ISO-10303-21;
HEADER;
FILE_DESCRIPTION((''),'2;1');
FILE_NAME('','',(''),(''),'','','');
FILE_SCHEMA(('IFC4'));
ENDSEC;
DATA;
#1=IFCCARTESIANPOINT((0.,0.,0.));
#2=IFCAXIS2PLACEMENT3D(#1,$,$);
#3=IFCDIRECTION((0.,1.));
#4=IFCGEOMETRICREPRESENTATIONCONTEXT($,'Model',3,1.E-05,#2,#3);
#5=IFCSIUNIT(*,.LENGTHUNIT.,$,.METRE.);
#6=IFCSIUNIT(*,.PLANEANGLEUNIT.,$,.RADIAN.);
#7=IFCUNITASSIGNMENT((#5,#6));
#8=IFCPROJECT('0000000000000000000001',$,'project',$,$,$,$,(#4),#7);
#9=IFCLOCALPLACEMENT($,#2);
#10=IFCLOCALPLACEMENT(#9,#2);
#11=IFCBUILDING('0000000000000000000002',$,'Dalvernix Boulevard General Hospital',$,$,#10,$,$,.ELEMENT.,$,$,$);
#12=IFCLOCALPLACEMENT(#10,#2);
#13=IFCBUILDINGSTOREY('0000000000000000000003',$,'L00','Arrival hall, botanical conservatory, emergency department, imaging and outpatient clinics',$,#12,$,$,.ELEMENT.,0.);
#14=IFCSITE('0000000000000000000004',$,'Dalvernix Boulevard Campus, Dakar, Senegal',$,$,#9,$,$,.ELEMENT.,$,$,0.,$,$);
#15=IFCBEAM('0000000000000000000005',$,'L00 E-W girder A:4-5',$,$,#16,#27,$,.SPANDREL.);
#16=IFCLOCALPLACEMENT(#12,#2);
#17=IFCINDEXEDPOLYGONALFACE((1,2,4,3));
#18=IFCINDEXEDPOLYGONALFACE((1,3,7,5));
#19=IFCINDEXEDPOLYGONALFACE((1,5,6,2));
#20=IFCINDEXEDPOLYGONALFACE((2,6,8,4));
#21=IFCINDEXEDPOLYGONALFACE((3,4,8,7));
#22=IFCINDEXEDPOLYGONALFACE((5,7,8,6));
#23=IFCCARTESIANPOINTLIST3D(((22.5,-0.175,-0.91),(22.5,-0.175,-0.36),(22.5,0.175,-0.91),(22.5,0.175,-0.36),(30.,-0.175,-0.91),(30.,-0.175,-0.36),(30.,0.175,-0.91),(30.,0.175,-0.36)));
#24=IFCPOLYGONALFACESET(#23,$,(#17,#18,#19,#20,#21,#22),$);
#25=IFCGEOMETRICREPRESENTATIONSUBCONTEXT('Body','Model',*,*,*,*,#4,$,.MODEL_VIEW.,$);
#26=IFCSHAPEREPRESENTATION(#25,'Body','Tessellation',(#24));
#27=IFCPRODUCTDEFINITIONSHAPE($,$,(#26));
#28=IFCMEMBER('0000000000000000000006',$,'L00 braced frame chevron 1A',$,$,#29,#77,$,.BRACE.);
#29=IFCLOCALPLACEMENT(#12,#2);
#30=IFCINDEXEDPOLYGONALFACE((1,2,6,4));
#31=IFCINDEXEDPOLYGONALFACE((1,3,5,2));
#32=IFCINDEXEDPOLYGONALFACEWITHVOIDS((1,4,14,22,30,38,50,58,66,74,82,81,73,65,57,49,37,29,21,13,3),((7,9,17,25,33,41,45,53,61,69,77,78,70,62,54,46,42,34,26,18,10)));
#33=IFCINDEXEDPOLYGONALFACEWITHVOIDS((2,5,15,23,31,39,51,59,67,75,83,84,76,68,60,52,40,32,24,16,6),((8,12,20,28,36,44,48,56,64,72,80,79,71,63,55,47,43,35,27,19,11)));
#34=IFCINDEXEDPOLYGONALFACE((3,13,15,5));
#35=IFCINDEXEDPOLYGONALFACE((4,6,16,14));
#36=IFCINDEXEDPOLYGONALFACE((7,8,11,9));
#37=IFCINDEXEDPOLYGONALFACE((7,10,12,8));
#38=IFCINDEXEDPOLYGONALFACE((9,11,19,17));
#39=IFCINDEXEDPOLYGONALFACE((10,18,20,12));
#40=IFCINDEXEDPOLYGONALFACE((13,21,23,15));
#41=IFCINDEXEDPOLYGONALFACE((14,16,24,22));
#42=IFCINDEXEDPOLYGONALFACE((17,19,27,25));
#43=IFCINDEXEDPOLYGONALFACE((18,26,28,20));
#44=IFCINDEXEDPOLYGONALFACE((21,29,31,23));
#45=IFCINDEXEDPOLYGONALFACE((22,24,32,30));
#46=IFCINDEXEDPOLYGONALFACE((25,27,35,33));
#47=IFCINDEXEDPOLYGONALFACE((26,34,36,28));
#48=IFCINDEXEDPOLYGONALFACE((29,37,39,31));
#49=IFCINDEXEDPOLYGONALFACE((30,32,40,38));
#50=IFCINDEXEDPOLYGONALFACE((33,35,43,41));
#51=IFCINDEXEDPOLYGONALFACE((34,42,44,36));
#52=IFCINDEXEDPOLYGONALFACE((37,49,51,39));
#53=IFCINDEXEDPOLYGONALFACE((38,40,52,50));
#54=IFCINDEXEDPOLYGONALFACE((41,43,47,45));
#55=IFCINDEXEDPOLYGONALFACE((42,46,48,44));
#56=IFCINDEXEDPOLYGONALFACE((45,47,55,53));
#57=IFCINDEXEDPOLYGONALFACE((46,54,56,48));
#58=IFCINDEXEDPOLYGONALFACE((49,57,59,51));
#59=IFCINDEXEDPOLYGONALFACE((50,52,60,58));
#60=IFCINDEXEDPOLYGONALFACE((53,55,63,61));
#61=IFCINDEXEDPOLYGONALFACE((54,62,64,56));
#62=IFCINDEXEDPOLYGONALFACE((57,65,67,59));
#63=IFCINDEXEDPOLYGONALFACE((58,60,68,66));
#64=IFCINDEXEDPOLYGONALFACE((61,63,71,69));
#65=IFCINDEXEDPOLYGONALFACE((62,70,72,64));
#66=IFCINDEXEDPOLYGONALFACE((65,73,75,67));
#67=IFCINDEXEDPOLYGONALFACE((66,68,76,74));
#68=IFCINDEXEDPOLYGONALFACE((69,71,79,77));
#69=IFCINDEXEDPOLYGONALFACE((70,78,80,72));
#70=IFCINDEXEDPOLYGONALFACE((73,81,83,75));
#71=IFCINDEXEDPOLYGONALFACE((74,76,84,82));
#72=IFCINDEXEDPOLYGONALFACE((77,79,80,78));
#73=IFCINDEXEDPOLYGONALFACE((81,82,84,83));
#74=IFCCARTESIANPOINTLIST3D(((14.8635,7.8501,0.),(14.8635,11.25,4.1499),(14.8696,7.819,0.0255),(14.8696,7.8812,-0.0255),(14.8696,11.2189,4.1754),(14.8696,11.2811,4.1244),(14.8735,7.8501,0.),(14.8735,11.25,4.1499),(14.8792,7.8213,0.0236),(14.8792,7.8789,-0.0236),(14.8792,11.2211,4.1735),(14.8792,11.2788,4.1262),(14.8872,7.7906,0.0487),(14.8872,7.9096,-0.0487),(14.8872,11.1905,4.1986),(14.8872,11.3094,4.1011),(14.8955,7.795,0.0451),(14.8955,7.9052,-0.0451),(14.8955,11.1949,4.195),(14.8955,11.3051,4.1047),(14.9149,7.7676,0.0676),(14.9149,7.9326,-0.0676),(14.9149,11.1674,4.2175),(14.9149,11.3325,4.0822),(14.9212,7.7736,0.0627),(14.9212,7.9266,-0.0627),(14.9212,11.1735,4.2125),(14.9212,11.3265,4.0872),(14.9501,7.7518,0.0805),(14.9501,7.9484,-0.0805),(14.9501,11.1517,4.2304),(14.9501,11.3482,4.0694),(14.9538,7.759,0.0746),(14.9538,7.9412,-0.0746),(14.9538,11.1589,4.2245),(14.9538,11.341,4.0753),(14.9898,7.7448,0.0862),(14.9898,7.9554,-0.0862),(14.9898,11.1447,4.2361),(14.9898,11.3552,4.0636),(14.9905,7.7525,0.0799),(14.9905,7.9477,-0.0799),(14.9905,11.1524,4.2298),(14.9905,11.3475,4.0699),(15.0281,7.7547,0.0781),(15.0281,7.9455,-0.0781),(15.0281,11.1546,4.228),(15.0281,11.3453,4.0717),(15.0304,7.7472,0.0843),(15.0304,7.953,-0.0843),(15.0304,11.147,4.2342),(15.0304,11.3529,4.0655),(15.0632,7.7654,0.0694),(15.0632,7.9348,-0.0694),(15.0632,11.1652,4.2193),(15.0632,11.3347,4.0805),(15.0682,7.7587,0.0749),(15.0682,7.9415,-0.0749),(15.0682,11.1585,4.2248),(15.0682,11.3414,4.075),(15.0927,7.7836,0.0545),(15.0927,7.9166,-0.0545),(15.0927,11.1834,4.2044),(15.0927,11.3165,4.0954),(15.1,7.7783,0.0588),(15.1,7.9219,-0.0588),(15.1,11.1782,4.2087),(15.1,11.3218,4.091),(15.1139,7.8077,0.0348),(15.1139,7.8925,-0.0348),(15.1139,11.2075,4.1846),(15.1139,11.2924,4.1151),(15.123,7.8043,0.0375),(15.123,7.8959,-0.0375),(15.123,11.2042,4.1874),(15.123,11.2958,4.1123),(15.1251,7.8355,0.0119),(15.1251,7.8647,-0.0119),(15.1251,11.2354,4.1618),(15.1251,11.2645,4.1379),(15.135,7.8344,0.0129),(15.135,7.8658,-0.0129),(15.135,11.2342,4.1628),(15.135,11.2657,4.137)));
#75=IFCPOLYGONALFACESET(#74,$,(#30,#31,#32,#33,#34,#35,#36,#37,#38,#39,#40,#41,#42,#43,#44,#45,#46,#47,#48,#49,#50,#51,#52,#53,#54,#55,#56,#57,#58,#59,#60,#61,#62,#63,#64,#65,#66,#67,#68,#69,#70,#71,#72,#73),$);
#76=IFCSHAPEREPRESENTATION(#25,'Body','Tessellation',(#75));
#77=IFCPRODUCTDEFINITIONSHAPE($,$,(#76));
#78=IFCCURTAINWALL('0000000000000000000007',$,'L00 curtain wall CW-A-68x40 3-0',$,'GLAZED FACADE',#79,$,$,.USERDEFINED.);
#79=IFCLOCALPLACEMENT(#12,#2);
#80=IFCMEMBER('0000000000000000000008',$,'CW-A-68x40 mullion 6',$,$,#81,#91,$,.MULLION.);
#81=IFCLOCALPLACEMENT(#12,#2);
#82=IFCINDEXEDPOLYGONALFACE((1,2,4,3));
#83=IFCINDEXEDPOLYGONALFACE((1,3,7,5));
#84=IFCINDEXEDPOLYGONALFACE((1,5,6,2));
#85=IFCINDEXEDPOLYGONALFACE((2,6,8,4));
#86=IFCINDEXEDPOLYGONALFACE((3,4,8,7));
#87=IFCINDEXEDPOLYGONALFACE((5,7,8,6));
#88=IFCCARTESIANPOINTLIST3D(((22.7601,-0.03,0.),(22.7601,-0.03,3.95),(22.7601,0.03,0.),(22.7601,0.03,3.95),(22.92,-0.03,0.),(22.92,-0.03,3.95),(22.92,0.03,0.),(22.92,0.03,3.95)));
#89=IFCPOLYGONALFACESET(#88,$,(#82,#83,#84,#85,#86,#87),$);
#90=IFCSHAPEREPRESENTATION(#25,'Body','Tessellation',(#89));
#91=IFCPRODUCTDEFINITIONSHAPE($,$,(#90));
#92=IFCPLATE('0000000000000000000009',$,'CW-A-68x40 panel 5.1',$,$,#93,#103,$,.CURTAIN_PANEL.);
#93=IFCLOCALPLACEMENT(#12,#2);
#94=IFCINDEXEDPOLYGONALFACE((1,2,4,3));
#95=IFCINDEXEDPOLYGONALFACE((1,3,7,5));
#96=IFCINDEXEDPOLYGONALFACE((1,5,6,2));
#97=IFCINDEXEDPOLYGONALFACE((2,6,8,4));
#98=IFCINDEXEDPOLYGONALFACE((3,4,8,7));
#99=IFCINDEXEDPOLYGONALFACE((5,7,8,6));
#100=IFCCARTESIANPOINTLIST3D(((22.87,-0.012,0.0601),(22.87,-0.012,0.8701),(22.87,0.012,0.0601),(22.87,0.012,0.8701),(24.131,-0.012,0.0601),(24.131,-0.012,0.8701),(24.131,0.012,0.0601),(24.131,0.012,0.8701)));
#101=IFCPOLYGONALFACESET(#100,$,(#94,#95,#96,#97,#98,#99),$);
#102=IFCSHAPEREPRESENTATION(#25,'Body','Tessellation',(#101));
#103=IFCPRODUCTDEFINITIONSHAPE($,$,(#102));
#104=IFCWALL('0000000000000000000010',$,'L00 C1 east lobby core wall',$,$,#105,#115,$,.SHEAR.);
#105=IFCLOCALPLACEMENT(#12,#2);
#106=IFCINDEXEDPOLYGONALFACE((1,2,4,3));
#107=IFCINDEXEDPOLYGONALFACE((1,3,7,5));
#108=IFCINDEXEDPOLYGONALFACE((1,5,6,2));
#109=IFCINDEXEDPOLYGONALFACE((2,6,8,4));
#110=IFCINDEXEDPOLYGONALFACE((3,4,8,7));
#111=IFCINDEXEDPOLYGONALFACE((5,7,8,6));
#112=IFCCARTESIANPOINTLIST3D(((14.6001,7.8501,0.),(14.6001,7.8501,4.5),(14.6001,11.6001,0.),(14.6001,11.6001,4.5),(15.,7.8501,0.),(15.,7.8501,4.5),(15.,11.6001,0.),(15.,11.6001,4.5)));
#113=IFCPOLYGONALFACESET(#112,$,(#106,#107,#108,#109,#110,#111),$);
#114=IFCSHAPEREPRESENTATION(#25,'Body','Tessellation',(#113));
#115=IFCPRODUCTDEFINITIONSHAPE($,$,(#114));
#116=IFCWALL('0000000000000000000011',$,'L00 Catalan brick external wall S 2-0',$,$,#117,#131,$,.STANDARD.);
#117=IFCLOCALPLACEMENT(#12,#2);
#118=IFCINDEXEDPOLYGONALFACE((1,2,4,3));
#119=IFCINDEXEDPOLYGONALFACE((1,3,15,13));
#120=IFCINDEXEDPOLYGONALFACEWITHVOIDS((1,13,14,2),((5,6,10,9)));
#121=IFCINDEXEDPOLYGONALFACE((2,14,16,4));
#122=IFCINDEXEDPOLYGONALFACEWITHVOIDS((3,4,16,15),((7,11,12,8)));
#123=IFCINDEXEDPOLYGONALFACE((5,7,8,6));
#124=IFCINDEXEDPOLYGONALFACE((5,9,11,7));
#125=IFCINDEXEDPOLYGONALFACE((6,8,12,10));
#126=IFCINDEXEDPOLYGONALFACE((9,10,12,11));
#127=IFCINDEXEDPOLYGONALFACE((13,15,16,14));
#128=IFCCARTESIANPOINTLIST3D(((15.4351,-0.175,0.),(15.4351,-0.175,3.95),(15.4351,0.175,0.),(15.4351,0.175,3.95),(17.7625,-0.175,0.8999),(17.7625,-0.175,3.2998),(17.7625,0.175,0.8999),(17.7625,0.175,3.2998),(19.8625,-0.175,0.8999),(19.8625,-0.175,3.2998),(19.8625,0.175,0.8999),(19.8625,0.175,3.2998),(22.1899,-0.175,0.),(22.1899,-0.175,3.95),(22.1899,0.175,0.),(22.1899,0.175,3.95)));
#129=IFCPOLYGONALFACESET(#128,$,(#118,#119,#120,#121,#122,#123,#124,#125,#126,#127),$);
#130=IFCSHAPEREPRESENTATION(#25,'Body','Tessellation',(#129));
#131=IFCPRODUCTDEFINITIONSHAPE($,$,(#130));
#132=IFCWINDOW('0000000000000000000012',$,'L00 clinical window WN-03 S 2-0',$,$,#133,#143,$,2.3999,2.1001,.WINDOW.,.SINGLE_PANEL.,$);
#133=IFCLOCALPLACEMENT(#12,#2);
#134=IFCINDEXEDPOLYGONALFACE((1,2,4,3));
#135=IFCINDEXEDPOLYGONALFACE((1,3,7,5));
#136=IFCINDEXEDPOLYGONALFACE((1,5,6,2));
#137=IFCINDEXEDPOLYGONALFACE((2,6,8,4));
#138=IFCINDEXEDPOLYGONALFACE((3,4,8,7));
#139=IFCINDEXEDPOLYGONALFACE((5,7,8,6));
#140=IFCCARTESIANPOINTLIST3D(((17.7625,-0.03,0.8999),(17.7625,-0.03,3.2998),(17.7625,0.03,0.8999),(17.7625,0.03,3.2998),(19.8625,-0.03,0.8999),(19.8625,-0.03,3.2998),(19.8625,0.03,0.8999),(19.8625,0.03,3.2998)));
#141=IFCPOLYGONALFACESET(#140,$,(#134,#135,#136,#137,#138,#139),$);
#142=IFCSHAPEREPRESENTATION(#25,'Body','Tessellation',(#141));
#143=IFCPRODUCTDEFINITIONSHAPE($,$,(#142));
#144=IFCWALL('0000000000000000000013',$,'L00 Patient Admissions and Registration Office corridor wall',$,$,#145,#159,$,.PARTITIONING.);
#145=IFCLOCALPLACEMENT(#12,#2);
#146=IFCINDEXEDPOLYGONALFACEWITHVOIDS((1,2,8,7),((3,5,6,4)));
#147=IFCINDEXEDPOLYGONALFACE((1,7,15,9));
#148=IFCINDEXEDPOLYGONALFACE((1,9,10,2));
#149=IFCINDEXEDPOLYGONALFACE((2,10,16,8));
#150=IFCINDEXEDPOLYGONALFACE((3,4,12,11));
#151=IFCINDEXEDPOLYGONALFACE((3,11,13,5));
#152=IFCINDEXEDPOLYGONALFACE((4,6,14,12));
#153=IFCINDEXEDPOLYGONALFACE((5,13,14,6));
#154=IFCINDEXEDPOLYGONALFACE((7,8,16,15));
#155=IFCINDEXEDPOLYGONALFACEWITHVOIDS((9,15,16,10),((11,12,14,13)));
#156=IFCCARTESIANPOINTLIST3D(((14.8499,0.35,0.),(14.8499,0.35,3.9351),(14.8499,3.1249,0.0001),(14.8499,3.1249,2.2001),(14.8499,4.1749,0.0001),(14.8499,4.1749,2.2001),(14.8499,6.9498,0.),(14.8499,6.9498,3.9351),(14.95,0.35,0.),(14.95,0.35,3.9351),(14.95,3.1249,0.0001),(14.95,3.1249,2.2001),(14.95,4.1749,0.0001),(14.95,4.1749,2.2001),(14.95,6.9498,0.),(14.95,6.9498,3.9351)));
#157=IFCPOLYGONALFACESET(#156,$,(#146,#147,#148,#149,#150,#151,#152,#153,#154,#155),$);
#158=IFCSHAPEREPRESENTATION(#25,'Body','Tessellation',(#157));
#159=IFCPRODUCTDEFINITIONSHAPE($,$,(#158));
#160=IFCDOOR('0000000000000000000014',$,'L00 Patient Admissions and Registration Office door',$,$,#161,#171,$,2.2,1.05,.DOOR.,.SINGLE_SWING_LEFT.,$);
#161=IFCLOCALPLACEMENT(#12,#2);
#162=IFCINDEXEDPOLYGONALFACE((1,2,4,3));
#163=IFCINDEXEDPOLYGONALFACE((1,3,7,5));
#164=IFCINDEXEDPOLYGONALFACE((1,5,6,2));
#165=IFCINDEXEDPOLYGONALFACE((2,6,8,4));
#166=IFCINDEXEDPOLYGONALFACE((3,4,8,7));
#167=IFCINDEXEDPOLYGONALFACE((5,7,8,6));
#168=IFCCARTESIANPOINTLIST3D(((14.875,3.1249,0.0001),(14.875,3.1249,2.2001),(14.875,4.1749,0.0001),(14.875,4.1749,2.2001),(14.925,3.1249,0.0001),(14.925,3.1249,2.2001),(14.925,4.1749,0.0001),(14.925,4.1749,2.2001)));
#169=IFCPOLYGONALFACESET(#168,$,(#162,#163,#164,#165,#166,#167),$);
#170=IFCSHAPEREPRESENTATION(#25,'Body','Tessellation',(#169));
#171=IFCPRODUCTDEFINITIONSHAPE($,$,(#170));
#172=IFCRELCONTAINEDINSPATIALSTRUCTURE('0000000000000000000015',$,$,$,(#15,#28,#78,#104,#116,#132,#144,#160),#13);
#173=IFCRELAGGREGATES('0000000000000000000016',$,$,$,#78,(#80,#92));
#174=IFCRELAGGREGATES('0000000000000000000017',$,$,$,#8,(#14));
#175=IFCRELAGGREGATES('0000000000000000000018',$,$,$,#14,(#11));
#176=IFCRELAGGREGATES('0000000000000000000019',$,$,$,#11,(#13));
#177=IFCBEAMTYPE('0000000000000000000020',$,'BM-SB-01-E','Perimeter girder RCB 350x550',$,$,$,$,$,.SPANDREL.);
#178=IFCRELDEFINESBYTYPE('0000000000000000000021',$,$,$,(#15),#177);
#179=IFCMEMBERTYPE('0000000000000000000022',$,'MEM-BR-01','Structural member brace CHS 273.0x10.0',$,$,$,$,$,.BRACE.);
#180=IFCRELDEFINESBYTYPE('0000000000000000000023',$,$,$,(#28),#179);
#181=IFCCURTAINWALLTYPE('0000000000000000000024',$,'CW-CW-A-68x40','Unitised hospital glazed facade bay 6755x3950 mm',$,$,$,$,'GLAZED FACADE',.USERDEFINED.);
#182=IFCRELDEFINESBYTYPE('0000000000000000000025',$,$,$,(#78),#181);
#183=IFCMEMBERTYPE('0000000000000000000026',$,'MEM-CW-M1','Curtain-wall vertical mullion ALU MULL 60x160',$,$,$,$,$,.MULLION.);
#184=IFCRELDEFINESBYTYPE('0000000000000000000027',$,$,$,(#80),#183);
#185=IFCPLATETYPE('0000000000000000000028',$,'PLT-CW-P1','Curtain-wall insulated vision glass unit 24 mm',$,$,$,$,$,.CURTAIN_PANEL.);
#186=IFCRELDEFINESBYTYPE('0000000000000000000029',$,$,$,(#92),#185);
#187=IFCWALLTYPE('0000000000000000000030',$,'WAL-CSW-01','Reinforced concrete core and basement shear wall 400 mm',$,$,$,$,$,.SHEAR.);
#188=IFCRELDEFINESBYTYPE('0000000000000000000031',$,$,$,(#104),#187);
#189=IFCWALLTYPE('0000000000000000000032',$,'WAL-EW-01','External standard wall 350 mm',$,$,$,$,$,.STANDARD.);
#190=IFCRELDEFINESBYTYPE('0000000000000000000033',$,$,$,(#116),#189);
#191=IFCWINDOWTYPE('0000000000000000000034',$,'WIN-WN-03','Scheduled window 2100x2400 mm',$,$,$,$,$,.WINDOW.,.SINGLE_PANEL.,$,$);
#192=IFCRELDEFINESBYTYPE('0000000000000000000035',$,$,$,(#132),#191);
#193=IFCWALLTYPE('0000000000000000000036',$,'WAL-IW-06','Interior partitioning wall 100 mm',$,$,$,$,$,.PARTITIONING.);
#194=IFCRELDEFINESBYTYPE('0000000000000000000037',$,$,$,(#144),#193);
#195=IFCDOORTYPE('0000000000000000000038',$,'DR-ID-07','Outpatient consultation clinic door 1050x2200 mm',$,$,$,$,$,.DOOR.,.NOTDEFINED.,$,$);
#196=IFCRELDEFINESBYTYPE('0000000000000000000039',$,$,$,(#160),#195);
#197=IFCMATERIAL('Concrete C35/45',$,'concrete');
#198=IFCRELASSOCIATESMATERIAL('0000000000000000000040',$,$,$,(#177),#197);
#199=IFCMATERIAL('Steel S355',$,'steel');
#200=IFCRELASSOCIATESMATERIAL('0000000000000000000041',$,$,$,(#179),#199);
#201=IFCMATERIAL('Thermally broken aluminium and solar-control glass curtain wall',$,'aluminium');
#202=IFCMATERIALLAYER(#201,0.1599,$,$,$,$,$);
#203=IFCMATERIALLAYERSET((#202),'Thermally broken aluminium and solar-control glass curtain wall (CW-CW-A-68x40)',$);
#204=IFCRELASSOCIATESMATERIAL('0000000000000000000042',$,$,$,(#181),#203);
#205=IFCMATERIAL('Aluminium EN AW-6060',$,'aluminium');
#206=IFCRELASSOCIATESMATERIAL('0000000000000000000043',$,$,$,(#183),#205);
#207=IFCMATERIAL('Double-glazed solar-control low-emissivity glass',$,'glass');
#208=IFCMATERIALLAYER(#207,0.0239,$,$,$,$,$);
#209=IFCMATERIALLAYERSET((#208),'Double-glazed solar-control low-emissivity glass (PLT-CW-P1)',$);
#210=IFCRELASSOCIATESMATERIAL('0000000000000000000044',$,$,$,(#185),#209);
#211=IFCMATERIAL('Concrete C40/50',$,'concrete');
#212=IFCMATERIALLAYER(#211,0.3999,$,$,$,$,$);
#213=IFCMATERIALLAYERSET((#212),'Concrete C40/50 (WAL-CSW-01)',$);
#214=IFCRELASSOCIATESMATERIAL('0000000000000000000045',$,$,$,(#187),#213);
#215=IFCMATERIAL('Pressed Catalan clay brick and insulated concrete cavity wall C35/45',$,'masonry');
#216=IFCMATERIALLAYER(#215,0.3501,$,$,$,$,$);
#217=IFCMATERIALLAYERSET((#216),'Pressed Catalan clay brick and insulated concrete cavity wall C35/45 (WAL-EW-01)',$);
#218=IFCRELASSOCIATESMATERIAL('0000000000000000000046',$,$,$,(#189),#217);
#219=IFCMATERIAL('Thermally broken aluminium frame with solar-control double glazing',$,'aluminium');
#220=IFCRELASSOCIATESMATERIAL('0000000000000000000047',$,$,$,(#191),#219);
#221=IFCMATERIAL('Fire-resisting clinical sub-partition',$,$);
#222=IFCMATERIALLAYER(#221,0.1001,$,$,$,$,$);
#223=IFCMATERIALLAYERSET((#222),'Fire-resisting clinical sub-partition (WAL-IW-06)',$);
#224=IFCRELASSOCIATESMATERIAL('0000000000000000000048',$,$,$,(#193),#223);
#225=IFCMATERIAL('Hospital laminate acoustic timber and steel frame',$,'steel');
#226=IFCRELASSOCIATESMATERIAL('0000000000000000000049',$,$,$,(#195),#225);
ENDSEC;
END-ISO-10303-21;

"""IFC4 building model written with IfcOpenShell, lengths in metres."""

from ifc_helpers import new_model, si_unit, direction, frame, frame_2d, origin, origin_2d, place, context, subcontext, project, spatial, rectangle, hollow_circle, extrude, material, layer, layer_set, material_profile, profile_set, type_object, element, fill, aggregate, save


model = new_model("IFC4")

# Units and contexts
model_context = context("Model", 3, precision=1e-05, world=origin(), true_north=direction((0.0, 1.0)))
body_context = subcontext(model_context, "Body", "Model", "MODEL_VIEW")
ifc_project = project(units=[si_unit("LENGTHUNIT", "METRE"), si_unit("PLANEANGLEUNIT", "RADIAN")], contexts=[model_context])

# Site, building, storey
site_placement = place(None, origin())
site = spatial("IfcSite", under=ifc_project, at=site_placement, Name="Dalvernix Boulevard Campus, Dakar, Senegal", CompositionType="ELEMENT", RefElevation=0.0)
building_placement = place(site_placement, origin())
building = spatial("IfcBuilding", under=site, at=building_placement, Name="Dalvernix Boulevard General Hospital", CompositionType="ELEMENT")
storey_placement = place(building_placement, origin())
storey = spatial("IfcBuildingStorey", under=building, at=storey_placement, Name="L00", Description="Arrival hall, botanical conservatory, emergency department, imaging and outpatient clinics", CompositionType="ELEMENT", Elevation=0.0)

# Shared definitions
ifc_material_1 = material(Name="Concrete C40/50", Category="concrete")

# Beam
ifc_material_2 = material(Name="Concrete C35/45", Category="concrete")
ifc_material_profile_1 = material_profile(ifc_material_2, rectangle(XDim=0.3501, YDim=0.55, at=origin_2d()), Name="RCB 350x550")
ifc_profile_set_1 = profile_set([ifc_material_profile_1], Name="Concrete C35/45")
beam_type_1 = type_object("IfcBeamType", Name="BM-SB-01-E", Description="Perimeter girder RCB 350x550", PredefinedType="SPANDREL", material=ifc_profile_set_1)
for number, where, z_axis, x_axis, name in (
    (1, (22.5, 0.0, -0.635), (1.0, 0.0, 0.0), (0.0, 1.0, 0.0), "L00 E-W girder A:4-5"),
):
    element("IfcBeam", number, at=place(storey_placement, frame(where, z_axis=z_axis, x_axis=x_axis)), inside=storey, type_object=beam_type_1, Name=name, PredefinedType="SPANDREL", context=body_context, shape_type="SweptSolid", body=[
        extrude(rectangle(XDim=0.3501, YDim=0.55, at=origin_2d()), origin(), (0.0, 0.0, 1.0), 7.5),
    ])

# Member
ifc_material_3 = material(Name="Steel S355", Category="steel")
ifc_material_profile_2 = material_profile(ifc_material_3, hollow_circle(Radius=0.1365, WallThickness=0.01, at=origin_2d()), Name="CHS 273.0x10.0")
ifc_profile_set_2 = profile_set([ifc_material_profile_2], Name="Steel S355")
member_type_1 = type_object("IfcMemberType", Name="MEM-BR-01", Description="Structural member brace CHS 273.0x10.0", PredefinedType="BRACE", material=ifc_profile_set_2)
member_1_placement = place(storey_placement, frame((15.0, 7.8501, 0.0), z_axis=(0.0, 0.633743, 0.773544), x_axis=(-1.0, 0.0, 0.0)))
element("IfcMember", 2, at=member_1_placement, inside=storey, type_object=member_type_1, Name="L00 braced frame chevron 1A", PredefinedType="BRACE", context=body_context, shape_type="SweptSolid", body=[
    extrude(hollow_circle(Radius=0.1365, WallThickness=0.01, at=origin_2d()), origin(), (0.0, 0.0, 1.0), 5.3647),
])

# Curtain wall, member, plate
ifc_material_4 = material(Name="Thermally broken aluminium and solar-control glass curtain wall", Category="aluminium")
ifc_layer_1 = layer(ifc_material_4, 0.1599)
ifc_layer_set_1 = layer_set([ifc_layer_1], Name="Thermally broken aluminium and solar-control glass curtain wall (CW-CW-A-68x40)")
curtain_wall_type = type_object("IfcCurtainWallType", Name="CW-CW-A-68x40", Description="Unitised hospital glazed facade bay 6755x3950 mm", ElementType="GLAZED FACADE", PredefinedType="USERDEFINED", material=ifc_layer_set_1)
curtain_wall_placement = place(storey_placement, origin())
curtain_wall = element("IfcCurtainWall", 3, at=curtain_wall_placement, inside=storey, type_object=curtain_wall_type, Name="L00 curtain wall CW-A-68x40 3-0", ObjectType="GLAZED FACADE", PredefinedType="USERDEFINED")
ifc_material_5 = material(Name="Aluminium EN AW-6060", Category="aluminium")
ifc_material_profile_3 = material_profile(ifc_material_5, rectangle(XDim=0.0601, YDim=0.1599, at=origin_2d()), Name="ALU MULL 60x160")
ifc_profile_set_3 = profile_set([ifc_material_profile_3], Name="Aluminium EN AW-6060")
member_type_2 = type_object("IfcMemberType", Name="MEM-CW-M1", Description="Curtain-wall vertical mullion ALU MULL 60x160", PredefinedType="MULLION", material=ifc_profile_set_3)
member_2_placement = place(storey_placement, frame((22.8401, 0.0, 0.0), z_axis=(0.0, 0.0, 1.0), x_axis=(0.0, -1.0, 0.0)))
member_2 = element("IfcMember", 4, at=member_2_placement, type_object=member_type_2, Name="CW-A-68x40 mullion 6", PredefinedType="MULLION", context=body_context, shape_type="SweptSolid", body=[
    extrude(rectangle(XDim=0.0601, YDim=0.1599, at=origin_2d()), origin(), (0.0, 0.0, 1.0), 3.95),
])
ifc_material_6 = material(Name="Double-glazed solar-control low-emissivity glass", Category="glass")
ifc_layer_2 = layer(ifc_material_6, 0.0239)
ifc_layer_set_2 = layer_set([ifc_layer_2], Name="Double-glazed solar-control low-emissivity glass (PLT-CW-P1)")
plate_type = type_object("IfcPlateType", Name="PLT-CW-P1", Description="Curtain-wall insulated vision glass unit 24 mm", PredefinedType="CURTAIN_PANEL", material=ifc_layer_set_2)
plate_placement = place(storey_placement, frame((23.5005, 0.0, 0.0601), z_axis=(0.0, 0.0, 1.0), x_axis=(-1.0, 0.0, 0.0)))
plate = element("IfcPlate", 5, at=plate_placement, type_object=plate_type, Name="CW-A-68x40 panel 5.1", PredefinedType="CURTAIN_PANEL", context=body_context, shape_type="SweptSolid", body=[
    extrude(rectangle(XDim=1.261, YDim=0.0239, at=origin_2d()), origin(), (0.0, 0.0, 1.0), 0.8101),
])
aggregate(curtain_wall, [member_2, plate])

# Wall
ifc_layer_3 = layer(ifc_material_1, 0.3999)
ifc_layer_set_3 = layer_set([ifc_layer_3], Name="Concrete C40/50 (WAL-CSW-01)")
wall_type_1 = type_object("IfcWallType", Name="WAL-CSW-01", Description="Reinforced concrete core and basement shear wall 400 mm", PredefinedType="SHEAR", material=ifc_layer_set_3)
wall_1_placement = place(storey_placement, frame((14.8, 7.8501, 0.0), z_axis=(0.0, 0.0, 1.0), x_axis=(0.0, 1.0, 0.0)))
element("IfcWall", 6, at=wall_1_placement, inside=storey, type_object=wall_type_1, Name="L00 C1 east lobby core wall", PredefinedType="SHEAR", context=body_context, shape_type="SweptSolid", body=[
    extrude(rectangle(XDim=3.75, YDim=0.3999, at=frame_2d((1.875, 0.0))), origin(), (0.0, 0.0, 1.0), 4.5),
])

# Wall, opening, window
ifc_material_7 = material(Name="Pressed Catalan clay brick and insulated concrete cavity wall C35/45", Category="masonry")
ifc_layer_4 = layer(ifc_material_7, 0.3501)
ifc_layer_set_4 = layer_set([ifc_layer_4], Name="Pressed Catalan clay brick and insulated concrete cavity wall C35/45 (WAL-EW-01)")
wall_type_2 = type_object("IfcWallType", Name="WAL-EW-01", Description="External standard wall 350 mm", PredefinedType="STANDARD", material=ifc_layer_set_4)
wall_2_placement = place(storey_placement, frame((22.1899, 0.0, 0.0), z_axis=(0.0, 0.0, 1.0), x_axis=(-1.0, 0.0, 0.0)))
wall_2 = element("IfcWall", 7, at=wall_2_placement, inside=storey, type_object=wall_type_2, Name="L00 Catalan brick external wall S 2-0", PredefinedType="STANDARD", context=body_context, shape_type="SweptSolid", body=[
    extrude(rectangle(XDim=6.7549, YDim=0.3501, at=frame_2d((3.3774, 0.0))), origin(), (0.0, 0.0, 1.0), 3.95),
])
opening_1_placement = place(wall_2_placement, frame((2.3274, 0.0, 0.8999)))
opening_1 = element("IfcOpeningElement", 8, at=opening_1_placement, cuts=wall_2, PredefinedType="OPENING", context=body_context, shape_type="SweptSolid", body=[
    extrude(rectangle(XDim=2.1001, YDim=2.3999, at=frame_2d((1.05, 1.2))), frame((0.0, 0.1851, 0.0), z_axis=(0.0, -1.0, 0.0), x_axis=(1.0, 0.0, 0.0)), (0.0, 0.0, 1.0), 0.3701),
])
ifc_material_8 = material(Name="Thermally broken aluminium frame with solar-control double glazing", Category="aluminium")
window_type = type_object("IfcWindowType", Name="WIN-WN-03", Description="Scheduled window 2100x2400 mm", PartitioningType="SINGLE_PANEL", PredefinedType="WINDOW", material=ifc_material_8)
window_placement = place(opening_1_placement, origin())
window = element("IfcWindow", 9, at=window_placement, inside=storey, type_object=window_type, Name="L00 clinical window WN-03 S 2-0", OverallHeight=2.3999, OverallWidth=2.1001, PartitioningType="SINGLE_PANEL", PredefinedType="WINDOW", context=body_context, shape_type="SweptSolid", body=[
    extrude(rectangle(XDim=2.1001, YDim=2.3999, at=frame_2d((1.05, 1.2))), frame((0.0, 0.03, 0.0), z_axis=(0.0, -1.0, 0.0), x_axis=(1.0, 0.0, 0.0)), (0.0, 0.0, 1.0), 0.0601),
])
fill(opening_1, window)

# Wall, opening, door
ifc_material_9 = material(Name="Fire-resisting clinical sub-partition")
ifc_layer_5 = layer(ifc_material_9, 0.1001)
ifc_layer_set_5 = layer_set([ifc_layer_5], Name="Fire-resisting clinical sub-partition (WAL-IW-06)")
wall_type_3 = type_object("IfcWallType", Name="WAL-IW-06", Description="Interior partitioning wall 100 mm", PredefinedType="PARTITIONING", material=ifc_layer_set_5)
wall_3_placement = place(storey_placement, frame((14.8999, 0.3501, 0.0), z_axis=(0.0, 0.0, 1.0), x_axis=(0.0, 1.0, 0.0)))
wall_3 = element("IfcWall", 10, at=wall_3_placement, inside=storey, type_object=wall_type_3, Name="L00 Patient Admissions and Registration Office corridor wall", PredefinedType="PARTITIONING", context=body_context, shape_type="SweptSolid", body=[
    extrude(rectangle(XDim=6.5999, YDim=0.1001, at=frame_2d((3.2998, 0.0))), origin(), (0.0, 0.0, 1.0), 3.9351),
])
opening_2_placement = place(wall_3_placement, frame((2.7749, 0.0, 0.0)))
opening_2 = element("IfcOpeningElement", 11, at=opening_2_placement, cuts=wall_3, PredefinedType="OPENING", context=body_context, shape_type="SweptSolid", body=[
    extrude(rectangle(XDim=1.05, YDim=2.2, at=frame_2d((0.5249, 1.1001))), frame((0.0, 0.0601, 0.0), z_axis=(0.0, -1.0, 0.0), x_axis=(1.0, 0.0, 0.0)), (0.0, 0.0, 1.0), 0.1201),
])
ifc_material_10 = material(Name="Hospital laminate acoustic timber and steel frame", Category="steel")
door_type = type_object("IfcDoorType", Name="DR-ID-07", Description="Outpatient consultation clinic door 1050x2200 mm", OperationType="NOTDEFINED", PredefinedType="DOOR", material=ifc_material_10)
door_placement = place(opening_2_placement, origin())
door = element("IfcDoor", 12, at=door_placement, inside=storey, type_object=door_type, Name="L00 Patient Admissions and Registration Office door", OperationType="SINGLE_SWING_LEFT", OverallHeight=2.2, OverallWidth=1.05, PredefinedType="DOOR", context=body_context, shape_type="SweptSolid", body=[
    extrude(rectangle(XDim=1.05, YDim=2.2, at=frame_2d((0.5249, 1.1001))), frame((0.0, 0.0249, 0.0), z_axis=(0.0, -1.0, 0.0), x_axis=(1.0, 0.0, 0.0)), (0.0, 0.0, 1.0), 0.05),
])
fill(opening_2, door)

save(model, "model.ifc")
